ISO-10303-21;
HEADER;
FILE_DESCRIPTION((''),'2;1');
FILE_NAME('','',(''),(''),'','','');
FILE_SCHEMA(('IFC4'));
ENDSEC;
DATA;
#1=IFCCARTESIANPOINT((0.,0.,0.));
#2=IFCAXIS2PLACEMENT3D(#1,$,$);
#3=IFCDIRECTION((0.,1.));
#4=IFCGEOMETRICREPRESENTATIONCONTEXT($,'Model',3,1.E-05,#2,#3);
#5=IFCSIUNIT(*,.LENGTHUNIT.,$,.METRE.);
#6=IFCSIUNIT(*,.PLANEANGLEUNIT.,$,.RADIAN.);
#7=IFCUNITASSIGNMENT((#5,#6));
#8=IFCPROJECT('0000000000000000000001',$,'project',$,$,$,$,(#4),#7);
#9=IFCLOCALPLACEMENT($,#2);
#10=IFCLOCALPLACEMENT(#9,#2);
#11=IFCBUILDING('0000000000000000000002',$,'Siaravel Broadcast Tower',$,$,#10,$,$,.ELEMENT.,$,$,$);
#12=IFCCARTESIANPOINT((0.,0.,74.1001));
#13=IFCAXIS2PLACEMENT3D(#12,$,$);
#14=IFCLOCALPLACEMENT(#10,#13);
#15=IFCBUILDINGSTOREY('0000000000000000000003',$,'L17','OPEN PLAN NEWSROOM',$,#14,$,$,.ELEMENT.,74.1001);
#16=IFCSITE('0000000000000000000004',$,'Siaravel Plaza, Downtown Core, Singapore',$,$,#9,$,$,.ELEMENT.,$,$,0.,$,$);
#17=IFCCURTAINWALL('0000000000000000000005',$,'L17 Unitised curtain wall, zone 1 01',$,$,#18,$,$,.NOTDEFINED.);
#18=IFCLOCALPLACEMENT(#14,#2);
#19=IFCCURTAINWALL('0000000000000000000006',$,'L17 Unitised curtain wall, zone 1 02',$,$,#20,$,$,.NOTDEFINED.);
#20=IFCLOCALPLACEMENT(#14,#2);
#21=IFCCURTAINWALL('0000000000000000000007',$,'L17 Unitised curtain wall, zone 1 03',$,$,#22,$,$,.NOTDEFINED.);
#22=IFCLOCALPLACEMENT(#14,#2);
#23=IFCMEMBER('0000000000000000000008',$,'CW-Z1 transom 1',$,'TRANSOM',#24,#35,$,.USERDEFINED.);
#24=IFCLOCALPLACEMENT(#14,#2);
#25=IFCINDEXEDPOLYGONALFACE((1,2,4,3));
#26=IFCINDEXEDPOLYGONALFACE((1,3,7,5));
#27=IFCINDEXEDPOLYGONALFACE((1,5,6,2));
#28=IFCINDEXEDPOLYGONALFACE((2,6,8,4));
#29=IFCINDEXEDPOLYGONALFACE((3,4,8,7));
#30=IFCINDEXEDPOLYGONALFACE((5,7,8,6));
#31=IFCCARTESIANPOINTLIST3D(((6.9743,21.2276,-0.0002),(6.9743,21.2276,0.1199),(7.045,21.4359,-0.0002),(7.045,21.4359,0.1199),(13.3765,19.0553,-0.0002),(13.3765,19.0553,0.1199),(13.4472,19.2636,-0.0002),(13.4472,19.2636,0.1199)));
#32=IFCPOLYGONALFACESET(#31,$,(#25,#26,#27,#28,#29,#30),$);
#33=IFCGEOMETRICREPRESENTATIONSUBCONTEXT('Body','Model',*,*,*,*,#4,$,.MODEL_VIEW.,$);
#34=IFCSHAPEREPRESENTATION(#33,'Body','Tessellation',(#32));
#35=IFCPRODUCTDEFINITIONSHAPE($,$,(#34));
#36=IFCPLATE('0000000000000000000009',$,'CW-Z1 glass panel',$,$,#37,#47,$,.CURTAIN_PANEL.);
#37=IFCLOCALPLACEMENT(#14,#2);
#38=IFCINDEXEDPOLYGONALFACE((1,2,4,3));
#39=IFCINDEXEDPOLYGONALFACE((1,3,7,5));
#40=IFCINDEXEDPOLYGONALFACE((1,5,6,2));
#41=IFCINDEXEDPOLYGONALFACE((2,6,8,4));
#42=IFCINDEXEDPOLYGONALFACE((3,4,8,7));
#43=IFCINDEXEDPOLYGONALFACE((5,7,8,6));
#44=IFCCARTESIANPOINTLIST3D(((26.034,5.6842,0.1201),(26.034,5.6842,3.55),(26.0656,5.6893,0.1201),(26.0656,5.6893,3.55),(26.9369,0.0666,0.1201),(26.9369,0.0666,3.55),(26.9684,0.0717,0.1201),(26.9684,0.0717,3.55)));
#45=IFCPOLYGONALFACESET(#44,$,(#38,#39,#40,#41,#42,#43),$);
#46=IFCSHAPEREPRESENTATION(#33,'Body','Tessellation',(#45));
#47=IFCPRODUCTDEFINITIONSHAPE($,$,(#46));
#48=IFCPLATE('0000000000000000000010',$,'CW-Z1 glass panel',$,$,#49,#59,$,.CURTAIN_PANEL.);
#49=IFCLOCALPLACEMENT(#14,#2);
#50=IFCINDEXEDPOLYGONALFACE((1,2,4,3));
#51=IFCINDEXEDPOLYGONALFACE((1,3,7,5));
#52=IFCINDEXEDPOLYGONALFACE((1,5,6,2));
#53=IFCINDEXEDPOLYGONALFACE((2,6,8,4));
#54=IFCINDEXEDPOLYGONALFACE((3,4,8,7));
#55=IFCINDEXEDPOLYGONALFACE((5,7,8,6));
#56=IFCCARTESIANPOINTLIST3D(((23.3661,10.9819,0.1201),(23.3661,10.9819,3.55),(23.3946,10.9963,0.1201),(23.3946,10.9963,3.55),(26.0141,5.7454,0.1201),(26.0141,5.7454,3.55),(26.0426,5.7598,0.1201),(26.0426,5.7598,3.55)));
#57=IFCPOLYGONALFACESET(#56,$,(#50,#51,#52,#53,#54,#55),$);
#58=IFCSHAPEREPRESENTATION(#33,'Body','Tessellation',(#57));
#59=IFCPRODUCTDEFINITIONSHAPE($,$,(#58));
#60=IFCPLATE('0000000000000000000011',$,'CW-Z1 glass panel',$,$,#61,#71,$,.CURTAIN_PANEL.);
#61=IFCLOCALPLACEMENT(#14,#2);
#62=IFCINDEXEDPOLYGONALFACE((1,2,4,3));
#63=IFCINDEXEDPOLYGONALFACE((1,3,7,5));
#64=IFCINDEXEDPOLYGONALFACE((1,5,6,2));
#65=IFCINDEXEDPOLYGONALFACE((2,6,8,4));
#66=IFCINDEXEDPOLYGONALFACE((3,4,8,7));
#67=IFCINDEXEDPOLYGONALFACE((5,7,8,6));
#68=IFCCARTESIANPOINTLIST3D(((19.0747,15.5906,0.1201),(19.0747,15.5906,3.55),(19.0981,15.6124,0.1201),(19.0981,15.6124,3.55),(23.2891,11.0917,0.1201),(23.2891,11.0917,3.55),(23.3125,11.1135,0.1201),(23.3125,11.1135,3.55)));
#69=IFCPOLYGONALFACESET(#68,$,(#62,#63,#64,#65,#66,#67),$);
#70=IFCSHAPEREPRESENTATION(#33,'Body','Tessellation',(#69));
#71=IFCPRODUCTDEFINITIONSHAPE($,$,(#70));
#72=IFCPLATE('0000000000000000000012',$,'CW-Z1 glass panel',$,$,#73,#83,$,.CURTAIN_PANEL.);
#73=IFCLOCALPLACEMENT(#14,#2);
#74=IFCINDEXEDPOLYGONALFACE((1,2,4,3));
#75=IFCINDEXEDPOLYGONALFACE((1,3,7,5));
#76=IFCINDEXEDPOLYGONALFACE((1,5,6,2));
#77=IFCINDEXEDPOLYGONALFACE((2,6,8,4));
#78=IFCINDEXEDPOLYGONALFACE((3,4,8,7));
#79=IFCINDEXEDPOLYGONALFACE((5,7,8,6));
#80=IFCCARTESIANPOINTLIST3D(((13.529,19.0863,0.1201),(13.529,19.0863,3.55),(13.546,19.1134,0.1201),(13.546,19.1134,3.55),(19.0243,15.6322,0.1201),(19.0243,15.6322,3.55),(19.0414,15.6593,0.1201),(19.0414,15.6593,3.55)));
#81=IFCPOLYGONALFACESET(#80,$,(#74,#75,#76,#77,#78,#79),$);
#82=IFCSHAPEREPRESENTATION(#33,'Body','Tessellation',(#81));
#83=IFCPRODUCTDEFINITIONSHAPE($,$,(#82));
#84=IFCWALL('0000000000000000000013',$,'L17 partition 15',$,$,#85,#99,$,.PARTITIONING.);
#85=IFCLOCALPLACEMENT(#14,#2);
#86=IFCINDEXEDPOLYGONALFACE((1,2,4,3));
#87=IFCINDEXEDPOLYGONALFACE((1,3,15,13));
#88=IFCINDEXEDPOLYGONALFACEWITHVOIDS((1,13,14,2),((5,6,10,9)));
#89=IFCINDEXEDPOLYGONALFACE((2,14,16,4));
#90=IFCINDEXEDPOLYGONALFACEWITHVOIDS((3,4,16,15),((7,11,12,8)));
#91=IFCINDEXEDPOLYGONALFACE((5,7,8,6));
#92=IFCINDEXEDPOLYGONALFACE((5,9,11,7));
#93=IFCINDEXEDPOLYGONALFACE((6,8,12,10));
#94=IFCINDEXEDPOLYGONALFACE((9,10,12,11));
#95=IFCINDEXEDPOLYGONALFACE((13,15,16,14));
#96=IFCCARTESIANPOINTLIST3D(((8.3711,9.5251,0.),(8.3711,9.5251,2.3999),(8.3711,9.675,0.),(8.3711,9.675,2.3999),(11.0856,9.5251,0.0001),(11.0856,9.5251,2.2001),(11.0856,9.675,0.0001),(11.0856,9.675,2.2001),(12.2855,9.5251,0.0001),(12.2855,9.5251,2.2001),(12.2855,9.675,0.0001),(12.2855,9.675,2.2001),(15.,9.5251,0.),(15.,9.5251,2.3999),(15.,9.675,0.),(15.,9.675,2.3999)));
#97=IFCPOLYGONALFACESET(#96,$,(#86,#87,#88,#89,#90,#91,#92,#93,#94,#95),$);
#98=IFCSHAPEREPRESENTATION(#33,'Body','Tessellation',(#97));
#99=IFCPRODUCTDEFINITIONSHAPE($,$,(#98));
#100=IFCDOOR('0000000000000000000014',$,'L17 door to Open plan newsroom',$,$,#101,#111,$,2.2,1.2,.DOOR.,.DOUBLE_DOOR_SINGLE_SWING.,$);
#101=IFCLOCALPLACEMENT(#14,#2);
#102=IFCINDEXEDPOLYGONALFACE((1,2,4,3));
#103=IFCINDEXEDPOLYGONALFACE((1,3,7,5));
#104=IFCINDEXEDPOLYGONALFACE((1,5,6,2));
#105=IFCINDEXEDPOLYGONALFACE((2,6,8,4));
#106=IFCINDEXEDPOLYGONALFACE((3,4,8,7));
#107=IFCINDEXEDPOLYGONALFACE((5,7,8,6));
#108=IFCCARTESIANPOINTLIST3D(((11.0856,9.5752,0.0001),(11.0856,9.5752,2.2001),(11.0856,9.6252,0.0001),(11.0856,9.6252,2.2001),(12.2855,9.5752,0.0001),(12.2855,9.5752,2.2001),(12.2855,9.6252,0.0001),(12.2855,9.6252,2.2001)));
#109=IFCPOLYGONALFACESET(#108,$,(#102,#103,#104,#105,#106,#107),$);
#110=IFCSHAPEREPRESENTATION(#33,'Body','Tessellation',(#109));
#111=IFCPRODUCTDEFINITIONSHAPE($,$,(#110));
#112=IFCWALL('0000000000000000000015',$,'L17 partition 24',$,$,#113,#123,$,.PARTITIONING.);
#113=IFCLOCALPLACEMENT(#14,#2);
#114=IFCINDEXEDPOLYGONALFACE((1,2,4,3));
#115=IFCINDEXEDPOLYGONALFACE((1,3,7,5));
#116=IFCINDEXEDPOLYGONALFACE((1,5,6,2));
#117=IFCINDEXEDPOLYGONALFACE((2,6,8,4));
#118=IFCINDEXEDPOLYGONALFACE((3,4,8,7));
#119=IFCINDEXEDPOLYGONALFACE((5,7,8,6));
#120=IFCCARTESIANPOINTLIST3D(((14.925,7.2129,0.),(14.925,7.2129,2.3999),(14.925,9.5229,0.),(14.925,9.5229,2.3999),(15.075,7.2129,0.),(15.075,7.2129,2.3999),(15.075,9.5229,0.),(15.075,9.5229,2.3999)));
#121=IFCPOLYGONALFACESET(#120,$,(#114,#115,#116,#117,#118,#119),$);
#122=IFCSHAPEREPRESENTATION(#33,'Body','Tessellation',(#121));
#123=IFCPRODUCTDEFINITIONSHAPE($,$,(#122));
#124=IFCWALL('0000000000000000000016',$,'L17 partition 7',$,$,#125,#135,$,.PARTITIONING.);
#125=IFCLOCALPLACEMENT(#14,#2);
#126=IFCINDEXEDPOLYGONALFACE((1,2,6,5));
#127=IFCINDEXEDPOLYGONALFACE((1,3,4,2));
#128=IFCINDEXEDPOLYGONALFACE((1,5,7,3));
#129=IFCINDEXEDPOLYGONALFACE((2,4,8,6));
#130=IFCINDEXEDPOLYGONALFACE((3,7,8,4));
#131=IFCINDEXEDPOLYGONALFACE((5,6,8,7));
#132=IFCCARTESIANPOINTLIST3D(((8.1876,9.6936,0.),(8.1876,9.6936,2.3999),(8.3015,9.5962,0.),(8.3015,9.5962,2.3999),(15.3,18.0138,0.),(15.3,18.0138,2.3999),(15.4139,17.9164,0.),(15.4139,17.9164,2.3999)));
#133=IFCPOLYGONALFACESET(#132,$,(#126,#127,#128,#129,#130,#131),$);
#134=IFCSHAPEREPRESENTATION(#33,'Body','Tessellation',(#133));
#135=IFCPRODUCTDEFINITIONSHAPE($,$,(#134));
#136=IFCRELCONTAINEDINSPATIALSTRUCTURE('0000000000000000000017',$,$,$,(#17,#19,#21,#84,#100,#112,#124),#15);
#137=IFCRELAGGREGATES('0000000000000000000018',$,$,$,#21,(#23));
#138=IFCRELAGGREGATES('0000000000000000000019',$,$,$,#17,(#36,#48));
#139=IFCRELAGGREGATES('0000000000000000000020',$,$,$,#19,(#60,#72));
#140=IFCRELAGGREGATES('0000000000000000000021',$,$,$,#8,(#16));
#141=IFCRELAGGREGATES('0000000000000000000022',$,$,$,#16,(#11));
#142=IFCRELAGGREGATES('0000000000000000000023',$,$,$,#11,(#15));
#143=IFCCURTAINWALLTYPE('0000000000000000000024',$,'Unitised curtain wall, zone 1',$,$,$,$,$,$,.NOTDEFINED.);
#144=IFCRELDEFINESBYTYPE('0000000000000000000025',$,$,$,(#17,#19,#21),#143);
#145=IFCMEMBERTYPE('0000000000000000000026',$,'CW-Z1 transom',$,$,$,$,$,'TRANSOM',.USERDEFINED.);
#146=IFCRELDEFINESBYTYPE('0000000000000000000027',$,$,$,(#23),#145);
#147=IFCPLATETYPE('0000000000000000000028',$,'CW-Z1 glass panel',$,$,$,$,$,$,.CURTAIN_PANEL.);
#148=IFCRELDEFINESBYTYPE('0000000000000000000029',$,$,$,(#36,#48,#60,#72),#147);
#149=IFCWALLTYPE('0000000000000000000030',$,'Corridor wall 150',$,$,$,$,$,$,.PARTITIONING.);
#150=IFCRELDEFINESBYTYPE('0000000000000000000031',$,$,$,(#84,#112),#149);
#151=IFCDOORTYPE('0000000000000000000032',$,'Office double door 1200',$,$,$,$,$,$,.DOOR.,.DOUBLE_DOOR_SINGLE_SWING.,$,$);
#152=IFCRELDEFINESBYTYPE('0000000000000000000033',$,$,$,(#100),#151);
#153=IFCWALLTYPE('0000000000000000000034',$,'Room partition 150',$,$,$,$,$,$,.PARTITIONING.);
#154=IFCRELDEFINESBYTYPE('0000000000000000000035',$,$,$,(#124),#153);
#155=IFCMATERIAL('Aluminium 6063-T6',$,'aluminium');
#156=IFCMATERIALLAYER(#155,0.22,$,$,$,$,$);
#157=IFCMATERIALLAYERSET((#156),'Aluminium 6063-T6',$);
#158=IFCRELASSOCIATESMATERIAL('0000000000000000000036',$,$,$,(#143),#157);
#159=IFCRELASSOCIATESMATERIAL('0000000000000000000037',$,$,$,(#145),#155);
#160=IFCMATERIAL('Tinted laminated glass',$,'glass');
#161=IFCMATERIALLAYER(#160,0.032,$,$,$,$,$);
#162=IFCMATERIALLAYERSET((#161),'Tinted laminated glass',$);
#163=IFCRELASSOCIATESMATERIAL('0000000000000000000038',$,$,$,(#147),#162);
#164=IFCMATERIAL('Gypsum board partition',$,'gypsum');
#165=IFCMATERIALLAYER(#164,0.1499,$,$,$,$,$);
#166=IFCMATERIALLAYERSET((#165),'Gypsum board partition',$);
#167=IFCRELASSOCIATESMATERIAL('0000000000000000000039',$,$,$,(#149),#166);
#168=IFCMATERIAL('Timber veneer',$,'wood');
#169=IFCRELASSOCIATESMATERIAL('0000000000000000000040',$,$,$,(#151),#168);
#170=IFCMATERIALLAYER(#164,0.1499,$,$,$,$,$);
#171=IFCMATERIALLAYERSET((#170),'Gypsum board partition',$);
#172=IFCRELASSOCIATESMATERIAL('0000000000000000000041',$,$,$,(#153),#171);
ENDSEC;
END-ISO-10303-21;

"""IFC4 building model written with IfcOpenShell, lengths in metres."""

from ifc_helpers import new_model, si_unit, direction, frame, frame_2d, origin, origin_2d, place, context, subcontext, project, spatial, rectangle, extrude, material, layer, layer_set, material_profile, profile_set, type_object, element, fill, aggregate, save


model = new_model("IFC4")

# Units and contexts
model_context = context("Model", 3, precision=1e-05, world=origin(), true_north=direction((0.0, 1.0)))
body_context = subcontext(model_context, "Body", "Model", "MODEL_VIEW")
ifc_project = project(units=[si_unit("LENGTHUNIT", "METRE"), si_unit("PLANEANGLEUNIT", "RADIAN")], contexts=[model_context])

# Site, building, storey
site_placement = place(None, origin())
site = spatial("IfcSite", under=ifc_project, at=site_placement, Name="Siaravel Plaza, Downtown Core, Singapore", CompositionType="ELEMENT", RefElevation=0.0)
building_placement = place(site_placement, origin())
building = spatial("IfcBuilding", under=site, at=building_placement, Name="Siaravel Broadcast Tower", CompositionType="ELEMENT")
storey_placement = place(building_placement, frame((0.0, 0.0, 74.1001)))
storey = spatial("IfcBuildingStorey", under=building, at=storey_placement, Name="L17", Description="OPEN PLAN NEWSROOM", CompositionType="ELEMENT", Elevation=74.1001)

# Curtain walls
ifc_material_1 = material(Name="Aluminium 6063-T6", Category="aluminium")
ifc_layer_1 = layer(ifc_material_1, 0.22)
ifc_layer_set_1 = layer_set([ifc_layer_1], Name="Aluminium 6063-T6")
curtain_wall_type = type_object("IfcCurtainWallType", Name="Unitised curtain wall, zone 1", PredefinedType="NOTDEFINED", material=ifc_layer_set_1)
curtain_wall_1_placement = place(storey_placement, origin())
curtain_wall_1 = element("IfcCurtainWall", 1, at=curtain_wall_1_placement, inside=storey, type_object=curtain_wall_type, Name="L17 Unitised curtain wall, zone 1 01", PredefinedType="NOTDEFINED")
curtain_wall_2_placement = place(storey_placement, origin())
curtain_wall_2 = element("IfcCurtainWall", 2, at=curtain_wall_2_placement, inside=storey, type_object=curtain_wall_type, Name="L17 Unitised curtain wall, zone 1 02", PredefinedType="NOTDEFINED")

# Curtain wall
curtain_wall_3_placement = place(storey_placement, origin())
curtain_wall_3 = element("IfcCurtainWall", 3, at=curtain_wall_3_placement, inside=storey, type_object=curtain_wall_type, Name="L17 Unitised curtain wall, zone 1 03", PredefinedType="NOTDEFINED")

# Member
ifc_material_profile_1 = material_profile(ifc_material_1, rectangle(XDim=0.22, YDim=0.1201, at=origin_2d()))
ifc_profile_set_1 = profile_set([ifc_material_profile_1], Name="Aluminium 6063-T6")
member_type_1 = type_object("IfcMemberType", Name="CW-Z1 transom", ElementType="TRANSOM", PredefinedType="USERDEFINED", material=ifc_profile_set_1)
member_1_placement = place(storey_placement, frame((13.4119, 19.1594, 0.0598), z_axis=(-0.946972, 0.321315, 0.0), x_axis=(-0.321315, -0.946972, 0.0)))
member_1 = element("IfcMember", 4, at=member_1_placement, type_object=member_type_1, Name="CW-Z1 transom 1", ObjectType="TRANSOM", PredefinedType="USERDEFINED", context=body_context, shape_type="SweptSolid", body=[
    extrude(rectangle(XDim=0.22, YDim=0.1201, at=origin_2d()), origin(), (0.0, 0.0, 1.0), 6.7607),
])
aggregate(curtain_wall_3, [member_1])

# Plates
ifc_material_2 = material(Name="Tinted laminated glass", Category="glass")
ifc_layer_2 = layer(ifc_material_2, 0.032)
ifc_layer_set_2 = layer_set([ifc_layer_2], Name="Tinted laminated glass")
plate_type = type_object("IfcPlateType", Name="CW-Z1 glass panel", PredefinedType="CURTAIN_PANEL", material=ifc_layer_set_2)
plate_1_placement = place(storey_placement, frame((26.5012, 2.8779, 0.1201), z_axis=(0.0, 0.0, 1.0), x_axis=(-0.158685, 0.987329, 0.0)))
plate_1 = element("IfcPlate", 5, at=plate_1_placement, type_object=plate_type, Name="CW-Z1 glass panel", PredefinedType="CURTAIN_PANEL", context=body_context, shape_type="SweptSolid", body=[
    extrude(rectangle(XDim=5.6897, YDim=0.032, at=origin_2d()), origin(), (0.0, 0.0, 1.0), 3.4299),
])
plate_2_placement = place(storey_placement, frame((24.7043, 8.3708, 0.1201), z_axis=(0.0, 0.0, 1.0), x_axis=(-0.451261, 0.892392, 0.0)))
plate_2 = element("IfcPlate", 6, at=plate_2_placement, type_object=plate_type, Name="CW-Z1 glass panel", PredefinedType="CURTAIN_PANEL", context=body_context, shape_type="SweptSolid", body=[
    extrude(rectangle(XDim=5.8679, YDim=0.032, at=origin_2d()), origin(), (0.0, 0.0, 1.0), 3.4299),
])
aggregate(curtain_wall_1, [plate_1, plate_2])
plate_3_placement = place(storey_placement, frame((21.1936, 13.3521, 0.1201), z_axis=(0.0, 0.0, 1.0), x_axis=(-0.683655, 0.729806, 0.0)))
plate_3 = element("IfcPlate", 7, at=plate_3_placement, type_object=plate_type, Name="CW-Z1 glass panel", PredefinedType="CURTAIN_PANEL", context=body_context, shape_type="SweptSolid", body=[
    extrude(rectangle(XDim=6.1646, YDim=0.032, at=origin_2d()), origin(), (0.0, 0.0, 1.0), 3.4299),
])
plate_4_placement = place(storey_placement, frame((16.2852, 17.3728, 0.1201), z_axis=(0.0, 0.0, 1.0), x_axis=(-0.84665, 0.53215, 0.0)))
plate_4 = element("IfcPlate", 8, at=plate_4_placement, type_object=plate_type, Name="CW-Z1 glass panel", PredefinedType="CURTAIN_PANEL", context=body_context, shape_type="SweptSolid", body=[
    extrude(rectangle(XDim=6.4907, YDim=0.032, at=origin_2d()), origin(), (0.0, 0.0, 1.0), 3.4299),
])
aggregate(curtain_wall_2, [plate_3, plate_4])

# Wall, opening, door
ifc_material_3 = material(Name="Gypsum board partition", Category="gypsum")
ifc_layer_3 = layer(ifc_material_3, 0.1499)
ifc_layer_set_3 = layer_set([ifc_layer_3], Name="Gypsum board partition")
wall_type_1 = type_object("IfcWallType", Name="Corridor wall 150", PredefinedType="PARTITIONING", material=ifc_layer_set_3)
wall_1_placement = place(storey_placement, frame((15.0, 9.6001, 0.0), z_axis=(0.0, 0.0, 1.0), x_axis=(-1.0, 0.0, 0.0)))
wall_1 = element("IfcWall", 9, at=wall_1_placement, inside=storey, type_object=wall_type_1, Name="L17 partition 15", PredefinedType="PARTITIONING", context=body_context, shape_type="SweptSolid", body=[
    extrude(rectangle(XDim=6.6289, YDim=0.1499, at=frame_2d((3.3145, 0.0))), origin(), (0.0, 0.0, 1.0), 2.3999),
])
opening_placement = place(wall_1_placement, frame((2.7144, 0.0, 0.0)))
opening = element("IfcOpeningElement", 10, at=opening_placement, cuts=wall_1, PredefinedType="OPENING", context=body_context, shape_type="SweptSolid", body=[
    extrude(rectangle(XDim=1.2, YDim=2.2, at=frame_2d((0.6001, 1.1001))), frame((0.0, 0.085, 0.0), z_axis=(0.0, -1.0, 0.0), x_axis=(1.0, 0.0, 0.0)), (0.0, 0.0, 1.0), 0.1699),
])
ifc_material_4 = material(Name="Timber veneer", Category="wood")
door_type = type_object("IfcDoorType", Name="Office double door 1200", OperationType="DOUBLE_DOOR_SINGLE_SWING", PredefinedType="DOOR", material=ifc_material_4)
door_placement = place(opening_placement, origin())
door = element("IfcDoor", 11, at=door_placement, inside=storey, type_object=door_type, Name="L17 door to Open plan newsroom", OperationType="DOUBLE_DOOR_SINGLE_SWING", OverallHeight=2.2, OverallWidth=1.2, PredefinedType="DOOR", context=body_context, shape_type="SweptSolid", body=[
    extrude(rectangle(XDim=1.2, YDim=2.2, at=frame_2d((0.6001, 1.1001))), frame((0.0, 0.0249, 0.0), z_axis=(0.0, -1.0, 0.0), x_axis=(1.0, 0.0, 0.0)), (0.0, 0.0, 1.0), 0.05),
])
fill(opening, door)

# Walls
wall_2_placement = place(storey_placement, frame((15.0, 7.2129, 0.0), z_axis=(0.0, 0.0, 1.0), x_axis=(0.0, 1.0, 0.0)))
element("IfcWall", 12, at=wall_2_placement, inside=storey, type_object=wall_type_1, Name="L17 partition 24", PredefinedType="PARTITIONING", context=body_context, shape_type="SweptSolid", body=[
    extrude(rectangle(XDim=2.3101, YDim=0.1499, at=frame_2d((1.155, 0.0))), origin(), (0.0, 0.0, 1.0), 2.3999),
])
ifc_layer_4 = layer(ifc_material_3, 0.1499)
ifc_layer_set_4 = layer_set([ifc_layer_4], Name="Gypsum board partition")
wall_type_2 = type_object("IfcWallType", Name="Room partition 150", PredefinedType="PARTITIONING", material=ifc_layer_set_4)
wall_3_placement = place(storey_placement, frame((15.3569, 17.9651, 0.0), z_axis=(0.0, 0.0, 1.0), x_axis=(-0.649781, -0.760122, 0.0)))
element("IfcWall", 13, at=wall_3_placement, inside=storey, type_object=wall_type_2, Name="L17 partition 7", PredefinedType="PARTITIONING", context=body_context, shape_type="SweptSolid", body=[
    extrude(rectangle(XDim=10.9458, YDim=0.1499, at=frame_2d((5.4729, 0.0))), origin(), (0.0, 0.0, 1.0), 2.3999),
])

save(model, "model.ifc")
